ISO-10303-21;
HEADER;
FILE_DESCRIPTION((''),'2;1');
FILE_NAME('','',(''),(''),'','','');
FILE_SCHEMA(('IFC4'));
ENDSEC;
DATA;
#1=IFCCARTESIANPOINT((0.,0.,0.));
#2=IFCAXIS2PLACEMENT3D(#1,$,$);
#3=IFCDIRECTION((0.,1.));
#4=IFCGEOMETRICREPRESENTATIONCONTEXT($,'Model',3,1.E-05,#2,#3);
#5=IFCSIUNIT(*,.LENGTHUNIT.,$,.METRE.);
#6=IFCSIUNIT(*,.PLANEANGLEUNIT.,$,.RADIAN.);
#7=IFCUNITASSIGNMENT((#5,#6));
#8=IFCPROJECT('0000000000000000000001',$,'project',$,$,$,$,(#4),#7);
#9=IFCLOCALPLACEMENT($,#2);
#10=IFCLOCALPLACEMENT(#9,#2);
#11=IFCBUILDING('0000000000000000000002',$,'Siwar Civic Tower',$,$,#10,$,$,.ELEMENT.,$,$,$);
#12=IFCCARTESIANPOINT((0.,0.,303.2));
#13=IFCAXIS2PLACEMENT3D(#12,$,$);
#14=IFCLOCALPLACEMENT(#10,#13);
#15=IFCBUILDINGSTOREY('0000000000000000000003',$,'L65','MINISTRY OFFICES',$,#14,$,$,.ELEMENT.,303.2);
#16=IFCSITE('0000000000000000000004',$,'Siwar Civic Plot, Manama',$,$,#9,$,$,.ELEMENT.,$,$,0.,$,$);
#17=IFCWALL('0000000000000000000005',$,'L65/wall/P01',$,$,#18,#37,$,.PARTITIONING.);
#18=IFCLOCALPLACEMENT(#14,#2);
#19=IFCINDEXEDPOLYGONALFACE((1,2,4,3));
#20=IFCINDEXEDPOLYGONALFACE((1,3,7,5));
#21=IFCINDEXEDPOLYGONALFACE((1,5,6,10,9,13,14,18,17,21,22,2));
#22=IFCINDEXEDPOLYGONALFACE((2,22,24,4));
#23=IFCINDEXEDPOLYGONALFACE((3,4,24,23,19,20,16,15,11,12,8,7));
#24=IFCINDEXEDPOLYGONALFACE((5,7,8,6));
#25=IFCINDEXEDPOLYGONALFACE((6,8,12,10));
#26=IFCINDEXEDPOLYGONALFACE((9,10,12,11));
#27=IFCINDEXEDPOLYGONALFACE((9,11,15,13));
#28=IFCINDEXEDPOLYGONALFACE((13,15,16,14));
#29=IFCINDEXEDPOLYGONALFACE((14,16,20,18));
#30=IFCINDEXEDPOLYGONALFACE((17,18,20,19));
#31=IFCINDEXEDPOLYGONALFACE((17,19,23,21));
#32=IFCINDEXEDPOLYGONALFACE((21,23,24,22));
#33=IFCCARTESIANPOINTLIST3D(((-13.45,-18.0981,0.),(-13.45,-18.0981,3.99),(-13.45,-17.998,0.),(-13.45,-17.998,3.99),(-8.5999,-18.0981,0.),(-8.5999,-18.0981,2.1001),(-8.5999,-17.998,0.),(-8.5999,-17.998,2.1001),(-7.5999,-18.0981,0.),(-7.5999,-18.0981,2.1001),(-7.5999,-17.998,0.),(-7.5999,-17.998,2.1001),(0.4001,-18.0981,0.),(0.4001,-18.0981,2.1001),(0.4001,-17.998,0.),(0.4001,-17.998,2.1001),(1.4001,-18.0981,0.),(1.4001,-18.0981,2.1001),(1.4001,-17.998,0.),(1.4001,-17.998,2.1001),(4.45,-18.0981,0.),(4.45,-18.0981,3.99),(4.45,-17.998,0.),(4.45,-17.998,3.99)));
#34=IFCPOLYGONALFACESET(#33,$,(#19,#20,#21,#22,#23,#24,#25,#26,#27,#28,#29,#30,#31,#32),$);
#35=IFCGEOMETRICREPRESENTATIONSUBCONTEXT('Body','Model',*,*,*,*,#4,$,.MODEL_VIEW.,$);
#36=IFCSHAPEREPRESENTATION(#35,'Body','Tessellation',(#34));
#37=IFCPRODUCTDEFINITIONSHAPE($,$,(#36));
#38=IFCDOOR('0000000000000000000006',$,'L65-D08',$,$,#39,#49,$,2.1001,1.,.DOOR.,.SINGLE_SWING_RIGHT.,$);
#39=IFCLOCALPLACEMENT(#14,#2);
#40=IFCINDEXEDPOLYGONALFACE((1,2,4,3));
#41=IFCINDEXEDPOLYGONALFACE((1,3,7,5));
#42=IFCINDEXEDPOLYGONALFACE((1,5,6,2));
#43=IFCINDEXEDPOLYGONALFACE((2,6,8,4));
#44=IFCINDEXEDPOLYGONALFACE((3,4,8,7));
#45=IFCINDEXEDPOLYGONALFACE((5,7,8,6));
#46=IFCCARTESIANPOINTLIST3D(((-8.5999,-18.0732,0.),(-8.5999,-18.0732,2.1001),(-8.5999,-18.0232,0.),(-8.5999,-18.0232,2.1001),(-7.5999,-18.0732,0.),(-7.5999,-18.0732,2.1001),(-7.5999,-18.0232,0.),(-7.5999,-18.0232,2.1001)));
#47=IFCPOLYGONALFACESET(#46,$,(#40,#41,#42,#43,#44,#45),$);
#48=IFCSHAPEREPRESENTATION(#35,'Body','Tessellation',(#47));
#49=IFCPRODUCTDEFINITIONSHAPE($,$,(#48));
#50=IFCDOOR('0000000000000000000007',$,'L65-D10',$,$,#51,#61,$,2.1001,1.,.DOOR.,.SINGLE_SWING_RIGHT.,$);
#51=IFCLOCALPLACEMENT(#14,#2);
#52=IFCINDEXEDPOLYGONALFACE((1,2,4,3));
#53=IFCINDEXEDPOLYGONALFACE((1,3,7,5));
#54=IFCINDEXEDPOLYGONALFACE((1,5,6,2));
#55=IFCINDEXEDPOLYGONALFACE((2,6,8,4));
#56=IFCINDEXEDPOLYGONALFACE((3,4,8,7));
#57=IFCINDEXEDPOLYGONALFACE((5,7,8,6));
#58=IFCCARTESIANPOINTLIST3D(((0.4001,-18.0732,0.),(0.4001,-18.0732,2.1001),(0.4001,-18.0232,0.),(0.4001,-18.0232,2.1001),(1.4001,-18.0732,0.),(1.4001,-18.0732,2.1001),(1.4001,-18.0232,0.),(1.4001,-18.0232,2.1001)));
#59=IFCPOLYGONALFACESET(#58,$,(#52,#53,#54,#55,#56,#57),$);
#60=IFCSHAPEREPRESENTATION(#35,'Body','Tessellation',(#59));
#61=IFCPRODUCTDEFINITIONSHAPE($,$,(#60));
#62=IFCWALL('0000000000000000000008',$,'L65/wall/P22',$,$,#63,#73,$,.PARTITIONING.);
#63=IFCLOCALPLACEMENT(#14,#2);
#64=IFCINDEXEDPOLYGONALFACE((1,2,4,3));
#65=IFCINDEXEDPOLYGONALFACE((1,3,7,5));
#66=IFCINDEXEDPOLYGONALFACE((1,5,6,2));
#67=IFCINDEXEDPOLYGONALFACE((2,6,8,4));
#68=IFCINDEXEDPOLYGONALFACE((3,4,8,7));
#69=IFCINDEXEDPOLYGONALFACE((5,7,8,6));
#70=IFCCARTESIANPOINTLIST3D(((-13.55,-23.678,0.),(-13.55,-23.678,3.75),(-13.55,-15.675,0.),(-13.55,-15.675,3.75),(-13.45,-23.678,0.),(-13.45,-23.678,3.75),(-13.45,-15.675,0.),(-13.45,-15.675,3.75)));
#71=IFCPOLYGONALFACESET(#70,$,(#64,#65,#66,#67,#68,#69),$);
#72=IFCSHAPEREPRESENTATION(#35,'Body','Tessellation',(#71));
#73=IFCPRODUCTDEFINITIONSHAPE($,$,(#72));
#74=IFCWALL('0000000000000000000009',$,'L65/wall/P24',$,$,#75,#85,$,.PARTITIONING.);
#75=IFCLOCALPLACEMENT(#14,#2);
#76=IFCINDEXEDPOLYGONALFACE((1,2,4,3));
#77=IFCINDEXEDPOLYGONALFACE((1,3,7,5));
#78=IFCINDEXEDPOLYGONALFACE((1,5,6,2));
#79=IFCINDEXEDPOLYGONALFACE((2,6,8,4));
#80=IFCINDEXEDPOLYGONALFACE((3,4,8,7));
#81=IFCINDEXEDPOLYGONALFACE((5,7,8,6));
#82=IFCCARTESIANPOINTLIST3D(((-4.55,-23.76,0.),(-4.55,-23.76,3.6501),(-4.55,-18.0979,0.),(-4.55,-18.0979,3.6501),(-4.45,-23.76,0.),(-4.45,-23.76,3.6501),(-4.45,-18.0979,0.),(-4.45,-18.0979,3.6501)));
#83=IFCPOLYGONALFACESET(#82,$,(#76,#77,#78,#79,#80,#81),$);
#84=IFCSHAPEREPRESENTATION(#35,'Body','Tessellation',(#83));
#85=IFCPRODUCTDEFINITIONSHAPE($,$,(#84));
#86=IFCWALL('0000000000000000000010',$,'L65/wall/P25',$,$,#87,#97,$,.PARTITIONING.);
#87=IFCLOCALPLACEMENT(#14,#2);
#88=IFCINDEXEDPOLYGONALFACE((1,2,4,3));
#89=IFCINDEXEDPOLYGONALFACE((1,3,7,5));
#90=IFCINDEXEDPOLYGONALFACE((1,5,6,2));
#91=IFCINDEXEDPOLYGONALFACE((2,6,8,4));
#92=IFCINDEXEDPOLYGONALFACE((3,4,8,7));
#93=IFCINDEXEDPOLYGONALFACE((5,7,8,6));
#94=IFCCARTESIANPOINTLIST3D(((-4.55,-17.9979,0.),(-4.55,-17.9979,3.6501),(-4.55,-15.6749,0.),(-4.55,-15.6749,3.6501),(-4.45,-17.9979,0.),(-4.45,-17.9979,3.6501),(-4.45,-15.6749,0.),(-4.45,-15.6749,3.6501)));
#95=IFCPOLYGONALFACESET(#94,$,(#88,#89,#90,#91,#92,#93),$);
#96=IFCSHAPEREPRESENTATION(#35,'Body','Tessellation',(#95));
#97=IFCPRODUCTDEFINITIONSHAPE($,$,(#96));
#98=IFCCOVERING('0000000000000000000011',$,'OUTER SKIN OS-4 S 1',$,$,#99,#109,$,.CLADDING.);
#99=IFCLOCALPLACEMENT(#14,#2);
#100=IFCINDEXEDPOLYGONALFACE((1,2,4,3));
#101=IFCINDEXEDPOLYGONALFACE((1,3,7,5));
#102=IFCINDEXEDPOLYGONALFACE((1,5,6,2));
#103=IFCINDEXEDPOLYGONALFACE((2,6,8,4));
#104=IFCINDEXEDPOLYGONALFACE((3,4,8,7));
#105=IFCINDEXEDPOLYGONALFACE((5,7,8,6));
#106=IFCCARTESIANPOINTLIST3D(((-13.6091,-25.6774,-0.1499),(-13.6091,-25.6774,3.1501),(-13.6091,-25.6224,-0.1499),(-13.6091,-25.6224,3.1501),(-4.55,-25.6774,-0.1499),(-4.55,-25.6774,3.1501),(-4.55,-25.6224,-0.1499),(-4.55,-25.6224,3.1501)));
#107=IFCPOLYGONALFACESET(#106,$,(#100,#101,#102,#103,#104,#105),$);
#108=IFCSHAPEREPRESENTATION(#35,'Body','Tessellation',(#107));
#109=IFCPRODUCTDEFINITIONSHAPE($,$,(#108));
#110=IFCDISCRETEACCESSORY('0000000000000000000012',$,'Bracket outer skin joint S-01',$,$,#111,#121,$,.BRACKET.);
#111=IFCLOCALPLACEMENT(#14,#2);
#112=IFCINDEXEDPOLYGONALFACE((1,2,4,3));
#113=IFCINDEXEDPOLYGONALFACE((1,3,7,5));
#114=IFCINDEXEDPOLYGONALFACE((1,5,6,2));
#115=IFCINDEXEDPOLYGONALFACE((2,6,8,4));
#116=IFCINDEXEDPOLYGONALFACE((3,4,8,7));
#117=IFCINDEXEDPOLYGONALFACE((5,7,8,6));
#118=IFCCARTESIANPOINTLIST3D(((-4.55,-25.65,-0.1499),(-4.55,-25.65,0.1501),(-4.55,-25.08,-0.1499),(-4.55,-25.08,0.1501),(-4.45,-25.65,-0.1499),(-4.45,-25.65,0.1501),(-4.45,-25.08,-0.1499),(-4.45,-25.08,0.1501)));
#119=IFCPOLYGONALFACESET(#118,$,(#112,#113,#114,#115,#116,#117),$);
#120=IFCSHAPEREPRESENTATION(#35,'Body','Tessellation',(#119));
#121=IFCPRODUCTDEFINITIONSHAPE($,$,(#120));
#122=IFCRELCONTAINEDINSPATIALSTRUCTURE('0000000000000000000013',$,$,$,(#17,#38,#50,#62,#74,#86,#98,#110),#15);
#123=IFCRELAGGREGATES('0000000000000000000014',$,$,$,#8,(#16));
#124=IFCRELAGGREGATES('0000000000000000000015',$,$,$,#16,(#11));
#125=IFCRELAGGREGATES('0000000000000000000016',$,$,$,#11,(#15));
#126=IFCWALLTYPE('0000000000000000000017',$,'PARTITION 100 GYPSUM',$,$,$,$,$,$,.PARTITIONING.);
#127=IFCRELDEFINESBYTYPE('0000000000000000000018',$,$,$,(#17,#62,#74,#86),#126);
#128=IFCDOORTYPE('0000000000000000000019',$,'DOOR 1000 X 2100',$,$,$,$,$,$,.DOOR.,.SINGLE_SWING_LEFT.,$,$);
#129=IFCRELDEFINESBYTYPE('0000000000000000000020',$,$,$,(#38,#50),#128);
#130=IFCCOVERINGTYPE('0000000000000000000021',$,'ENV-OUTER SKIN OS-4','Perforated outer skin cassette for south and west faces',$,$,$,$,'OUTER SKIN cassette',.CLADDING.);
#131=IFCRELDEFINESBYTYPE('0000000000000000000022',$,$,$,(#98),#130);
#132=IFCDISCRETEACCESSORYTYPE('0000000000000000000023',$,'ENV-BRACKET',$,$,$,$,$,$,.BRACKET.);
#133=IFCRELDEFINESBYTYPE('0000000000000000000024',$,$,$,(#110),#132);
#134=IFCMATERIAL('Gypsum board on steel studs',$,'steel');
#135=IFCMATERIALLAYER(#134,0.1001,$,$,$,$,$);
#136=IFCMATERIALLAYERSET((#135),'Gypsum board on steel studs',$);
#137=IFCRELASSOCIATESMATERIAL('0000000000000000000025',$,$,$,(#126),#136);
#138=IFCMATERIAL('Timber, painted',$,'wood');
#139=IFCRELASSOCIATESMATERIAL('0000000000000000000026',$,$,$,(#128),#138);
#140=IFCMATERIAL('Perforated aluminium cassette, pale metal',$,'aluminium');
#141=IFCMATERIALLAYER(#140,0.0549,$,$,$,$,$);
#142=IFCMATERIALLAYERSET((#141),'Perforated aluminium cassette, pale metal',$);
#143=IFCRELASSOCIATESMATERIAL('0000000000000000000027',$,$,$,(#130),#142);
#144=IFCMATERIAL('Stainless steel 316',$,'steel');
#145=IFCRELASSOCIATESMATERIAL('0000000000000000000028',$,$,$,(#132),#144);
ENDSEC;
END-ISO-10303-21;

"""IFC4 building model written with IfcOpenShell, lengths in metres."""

from ifc_helpers import new_model, si_unit, direction, frame, frame_2d, origin, origin_2d, place, context, subcontext, project, spatial, rectangle, extrude, material, layer, layer_set, type_object, element, fill, save


model = new_model("IFC4")

# Units and contexts
model_context = context("Model", 3, precision=1e-05, world=origin(), true_north=direction((0.0, 1.0)))
body_context = subcontext(model_context, "Body", "Model", "MODEL_VIEW")
ifc_project = project(units=[si_unit("LENGTHUNIT", "METRE"), si_unit("PLANEANGLEUNIT", "RADIAN")], contexts=[model_context])

# Site, building, storey
site_placement = place(None, origin())
site = spatial("IfcSite", under=ifc_project, at=site_placement, Name="Siwar Civic Plot, Manama", CompositionType="ELEMENT", RefElevation=0.0)
building_placement = place(site_placement, origin())
building = spatial("IfcBuilding", under=site, at=building_placement, Name="Siwar Civic Tower", CompositionType="ELEMENT")
storey_placement = place(building_placement, frame((0.0, 0.0, 303.2)))
storey = spatial("IfcBuildingStorey", under=building, at=storey_placement, Name="L65", Description="MINISTRY OFFICES", CompositionType="ELEMENT", Elevation=303.2)

# Wall, openings, doors
ifc_material_1 = material(Name="Gypsum board on steel studs", Category="steel")
ifc_layer_1 = layer(ifc_material_1, 0.1001)
ifc_layer_set_1 = layer_set([ifc_layer_1], Name="Gypsum board on steel studs")
wall_type_1 = type_object("IfcWallType", Name="PARTITION 100 GYPSUM", PredefinedType="PARTITIONING", material=ifc_layer_set_1)
wall_1_placement = place(storey_placement, frame((-13.45, -18.0481, 0.0), z_axis=(0.0, 0.0, 1.0), x_axis=(1.0, 0.0, 0.0)))
wall_1 = element("IfcWall", 1, at=wall_1_placement, inside=storey, type_object=wall_type_1, Name="L65/wall/P01", PredefinedType="PARTITIONING", context=body_context, shape_type="SweptSolid", body=[
    extrude(rectangle(XDim=17.8999, YDim=0.1001, at=frame_2d((8.95, 0.0))), origin(), (0.0, 0.0, 1.0), 3.99),
])
opening_1_placement = place(wall_1_placement, frame((4.8501, 0.0, 0.0)))
opening_1 = element("IfcOpeningElement", 2, at=opening_1_placement, cuts=wall_1, PredefinedType="OPENING", context=body_context, shape_type="SweptSolid", body=[
    extrude(rectangle(XDim=1.0, YDim=2.1001, at=frame_2d((0.5, 1.05))), frame((0.0, 0.0601, 0.0), z_axis=(0.0, -1.0, 0.0), x_axis=(1.0, 0.0, 0.0)), (0.0, 0.0, 1.0), 0.1201),
])
opening_2_placement = place(wall_1_placement, frame((13.8501, 0.0, 0.0)))
opening_2 = element("IfcOpeningElement", 3, at=opening_2_placement, cuts=wall_1, PredefinedType="OPENING", context=body_context, shape_type="SweptSolid", body=[
    extrude(rectangle(XDim=1.0, YDim=2.1001, at=frame_2d((0.5, 1.05))), frame((0.0, 0.0601, 0.0), z_axis=(0.0, -1.0, 0.0), x_axis=(1.0, 0.0, 0.0)), (0.0, 0.0, 1.0), 0.1201),
])
ifc_material_2 = material(Name="Timber, painted", Category="wood")
door_type_1 = type_object("IfcDoorType", Name="DOOR 1000 X 2100", OperationType="SINGLE_SWING_LEFT", PredefinedType="DOOR", material=ifc_material_2)
door_1_placement = place(opening_1_placement, origin())
door_1 = element("IfcDoor", 4, at=door_1_placement, inside=storey, type_object=door_type_1, Name="L65-D08", OperationType="SINGLE_SWING_RIGHT", OverallHeight=2.1001, OverallWidth=1.0, PredefinedType="DOOR", context=body_context, shape_type="SweptSolid", body=[
    extrude(rectangle(XDim=1.0, YDim=2.1001, at=frame_2d((0.5, 1.05))), frame((0.0, 0.0249, 0.0), z_axis=(0.0, -1.0, 0.0), x_axis=(1.0, 0.0, 0.0)), (0.0, 0.0, 1.0), 0.05),
])
fill(opening_1, door_1)
door_2_placement = place(opening_2_placement, origin())
door_2 = element("IfcDoor", 5, at=door_2_placement, inside=storey, type_object=door_type_1, Name="L65-D10", OperationType="SINGLE_SWING_RIGHT", OverallHeight=2.1001, OverallWidth=1.0, PredefinedType="DOOR", context=body_context, shape_type="SweptSolid", body=[
    extrude(rectangle(XDim=1.0, YDim=2.1001, at=frame_2d((0.5, 1.05))), frame((0.0, 0.0249, 0.0), z_axis=(0.0, -1.0, 0.0), x_axis=(1.0, 0.0, 0.0)), (0.0, 0.0, 1.0), 0.05),
])
fill(opening_2, door_2)

# Walls
wall_2_placement = place(storey_placement, frame((-13.5, -23.678, 0.0), z_axis=(0.0, 0.0, 1.0), x_axis=(0.0, 1.0, 0.0)))
element("IfcWall", 6, at=wall_2_placement, inside=storey, type_object=wall_type_1, Name="L65/wall/P22", PredefinedType="PARTITIONING", context=body_context, shape_type="SweptSolid", body=[
    extrude(rectangle(XDim=8.0029, YDim=0.1001, at=frame_2d((4.0015, 0.0))), origin(), (0.0, 0.0, 1.0), 3.75),
])
wall_3_placement = place(storey_placement, frame((-4.5, -23.76, 0.0), z_axis=(0.0, 0.0, 1.0), x_axis=(0.0, 1.0, 0.0)))
element("IfcWall", 7, at=wall_3_placement, inside=storey, type_object=wall_type_1, Name="L65/wall/P24", PredefinedType="PARTITIONING", context=body_context, shape_type="SweptSolid", body=[
    extrude(rectangle(XDim=5.6621, YDim=0.1001, at=frame_2d((2.8311, 0.0))), origin(), (0.0, 0.0, 1.0), 3.6501),
])
wall_4_placement = place(storey_placement, frame((-4.5, -17.998, 0.0), z_axis=(0.0, 0.0, 1.0), x_axis=(0.0, 1.0, 0.0)))
element("IfcWall", 8, at=wall_4_placement, inside=storey, type_object=wall_type_1, Name="L65/wall/P25", PredefinedType="PARTITIONING", context=body_context, shape_type="SweptSolid", body=[
    extrude(rectangle(XDim=2.323, YDim=0.1001, at=frame_2d((1.1616, 0.0))), origin(), (0.0, 0.0, 1.0), 3.6501),
])

# Covering
ifc_material_3 = material(Name="Perforated aluminium cassette, pale metal", Category="aluminium")
ifc_layer_2 = layer(ifc_material_3, 0.0549)
ifc_layer_set_2 = layer_set([ifc_layer_2], Name="Perforated aluminium cassette, pale metal")
covering_type = type_object("IfcCoveringType", Name="ENV-OUTER SKIN OS-4", Description="Perforated outer skin cassette for south and west faces", ElementType="OUTER SKIN cassette", PredefinedType="CLADDING", material=ifc_layer_set_2)
covering_placement = place(storey_placement, frame((-9.0796, -25.6499, -0.1499), z_axis=(0.0, 0.0, 1.0), x_axis=(1.0, 0.0, 0.0)))
element("IfcCovering", 9, at=covering_placement, inside=storey, type_object=covering_type, Name="OUTER SKIN OS-4 S 1", PredefinedType="CLADDING", context=body_context, shape_type="SweptSolid", body=[
    extrude(rectangle(XDim=9.0591, YDim=0.0549, at=origin_2d()), origin(), (0.0, 0.0, 1.0), 3.3),
])

# Discrete accessory
ifc_material_4 = material(Name="Stainless steel 316", Category="steel")
discrete_accessory_type = type_object("IfcDiscreteAccessoryType", Name="ENV-BRACKET", PredefinedType="BRACKET", material=ifc_material_4)
discrete_accessory_placement = place(storey_placement, frame((-4.5, -25.365, -0.1499), z_axis=(0.0, 0.0, 1.0), x_axis=(0.0, -1.0, 0.0)))
element("IfcDiscreteAccessory", 10, at=discrete_accessory_placement, inside=storey, type_object=discrete_accessory_type, Name="Bracket outer skin joint S-01", PredefinedType="BRACKET", context=body_context, shape_type="SweptSolid", body=[
    extrude(rectangle(XDim=0.5701, YDim=0.1001, at=origin_2d()), origin(), (0.0, 0.0, 1.0), 0.3),
])

save(model, "model.ifc")
